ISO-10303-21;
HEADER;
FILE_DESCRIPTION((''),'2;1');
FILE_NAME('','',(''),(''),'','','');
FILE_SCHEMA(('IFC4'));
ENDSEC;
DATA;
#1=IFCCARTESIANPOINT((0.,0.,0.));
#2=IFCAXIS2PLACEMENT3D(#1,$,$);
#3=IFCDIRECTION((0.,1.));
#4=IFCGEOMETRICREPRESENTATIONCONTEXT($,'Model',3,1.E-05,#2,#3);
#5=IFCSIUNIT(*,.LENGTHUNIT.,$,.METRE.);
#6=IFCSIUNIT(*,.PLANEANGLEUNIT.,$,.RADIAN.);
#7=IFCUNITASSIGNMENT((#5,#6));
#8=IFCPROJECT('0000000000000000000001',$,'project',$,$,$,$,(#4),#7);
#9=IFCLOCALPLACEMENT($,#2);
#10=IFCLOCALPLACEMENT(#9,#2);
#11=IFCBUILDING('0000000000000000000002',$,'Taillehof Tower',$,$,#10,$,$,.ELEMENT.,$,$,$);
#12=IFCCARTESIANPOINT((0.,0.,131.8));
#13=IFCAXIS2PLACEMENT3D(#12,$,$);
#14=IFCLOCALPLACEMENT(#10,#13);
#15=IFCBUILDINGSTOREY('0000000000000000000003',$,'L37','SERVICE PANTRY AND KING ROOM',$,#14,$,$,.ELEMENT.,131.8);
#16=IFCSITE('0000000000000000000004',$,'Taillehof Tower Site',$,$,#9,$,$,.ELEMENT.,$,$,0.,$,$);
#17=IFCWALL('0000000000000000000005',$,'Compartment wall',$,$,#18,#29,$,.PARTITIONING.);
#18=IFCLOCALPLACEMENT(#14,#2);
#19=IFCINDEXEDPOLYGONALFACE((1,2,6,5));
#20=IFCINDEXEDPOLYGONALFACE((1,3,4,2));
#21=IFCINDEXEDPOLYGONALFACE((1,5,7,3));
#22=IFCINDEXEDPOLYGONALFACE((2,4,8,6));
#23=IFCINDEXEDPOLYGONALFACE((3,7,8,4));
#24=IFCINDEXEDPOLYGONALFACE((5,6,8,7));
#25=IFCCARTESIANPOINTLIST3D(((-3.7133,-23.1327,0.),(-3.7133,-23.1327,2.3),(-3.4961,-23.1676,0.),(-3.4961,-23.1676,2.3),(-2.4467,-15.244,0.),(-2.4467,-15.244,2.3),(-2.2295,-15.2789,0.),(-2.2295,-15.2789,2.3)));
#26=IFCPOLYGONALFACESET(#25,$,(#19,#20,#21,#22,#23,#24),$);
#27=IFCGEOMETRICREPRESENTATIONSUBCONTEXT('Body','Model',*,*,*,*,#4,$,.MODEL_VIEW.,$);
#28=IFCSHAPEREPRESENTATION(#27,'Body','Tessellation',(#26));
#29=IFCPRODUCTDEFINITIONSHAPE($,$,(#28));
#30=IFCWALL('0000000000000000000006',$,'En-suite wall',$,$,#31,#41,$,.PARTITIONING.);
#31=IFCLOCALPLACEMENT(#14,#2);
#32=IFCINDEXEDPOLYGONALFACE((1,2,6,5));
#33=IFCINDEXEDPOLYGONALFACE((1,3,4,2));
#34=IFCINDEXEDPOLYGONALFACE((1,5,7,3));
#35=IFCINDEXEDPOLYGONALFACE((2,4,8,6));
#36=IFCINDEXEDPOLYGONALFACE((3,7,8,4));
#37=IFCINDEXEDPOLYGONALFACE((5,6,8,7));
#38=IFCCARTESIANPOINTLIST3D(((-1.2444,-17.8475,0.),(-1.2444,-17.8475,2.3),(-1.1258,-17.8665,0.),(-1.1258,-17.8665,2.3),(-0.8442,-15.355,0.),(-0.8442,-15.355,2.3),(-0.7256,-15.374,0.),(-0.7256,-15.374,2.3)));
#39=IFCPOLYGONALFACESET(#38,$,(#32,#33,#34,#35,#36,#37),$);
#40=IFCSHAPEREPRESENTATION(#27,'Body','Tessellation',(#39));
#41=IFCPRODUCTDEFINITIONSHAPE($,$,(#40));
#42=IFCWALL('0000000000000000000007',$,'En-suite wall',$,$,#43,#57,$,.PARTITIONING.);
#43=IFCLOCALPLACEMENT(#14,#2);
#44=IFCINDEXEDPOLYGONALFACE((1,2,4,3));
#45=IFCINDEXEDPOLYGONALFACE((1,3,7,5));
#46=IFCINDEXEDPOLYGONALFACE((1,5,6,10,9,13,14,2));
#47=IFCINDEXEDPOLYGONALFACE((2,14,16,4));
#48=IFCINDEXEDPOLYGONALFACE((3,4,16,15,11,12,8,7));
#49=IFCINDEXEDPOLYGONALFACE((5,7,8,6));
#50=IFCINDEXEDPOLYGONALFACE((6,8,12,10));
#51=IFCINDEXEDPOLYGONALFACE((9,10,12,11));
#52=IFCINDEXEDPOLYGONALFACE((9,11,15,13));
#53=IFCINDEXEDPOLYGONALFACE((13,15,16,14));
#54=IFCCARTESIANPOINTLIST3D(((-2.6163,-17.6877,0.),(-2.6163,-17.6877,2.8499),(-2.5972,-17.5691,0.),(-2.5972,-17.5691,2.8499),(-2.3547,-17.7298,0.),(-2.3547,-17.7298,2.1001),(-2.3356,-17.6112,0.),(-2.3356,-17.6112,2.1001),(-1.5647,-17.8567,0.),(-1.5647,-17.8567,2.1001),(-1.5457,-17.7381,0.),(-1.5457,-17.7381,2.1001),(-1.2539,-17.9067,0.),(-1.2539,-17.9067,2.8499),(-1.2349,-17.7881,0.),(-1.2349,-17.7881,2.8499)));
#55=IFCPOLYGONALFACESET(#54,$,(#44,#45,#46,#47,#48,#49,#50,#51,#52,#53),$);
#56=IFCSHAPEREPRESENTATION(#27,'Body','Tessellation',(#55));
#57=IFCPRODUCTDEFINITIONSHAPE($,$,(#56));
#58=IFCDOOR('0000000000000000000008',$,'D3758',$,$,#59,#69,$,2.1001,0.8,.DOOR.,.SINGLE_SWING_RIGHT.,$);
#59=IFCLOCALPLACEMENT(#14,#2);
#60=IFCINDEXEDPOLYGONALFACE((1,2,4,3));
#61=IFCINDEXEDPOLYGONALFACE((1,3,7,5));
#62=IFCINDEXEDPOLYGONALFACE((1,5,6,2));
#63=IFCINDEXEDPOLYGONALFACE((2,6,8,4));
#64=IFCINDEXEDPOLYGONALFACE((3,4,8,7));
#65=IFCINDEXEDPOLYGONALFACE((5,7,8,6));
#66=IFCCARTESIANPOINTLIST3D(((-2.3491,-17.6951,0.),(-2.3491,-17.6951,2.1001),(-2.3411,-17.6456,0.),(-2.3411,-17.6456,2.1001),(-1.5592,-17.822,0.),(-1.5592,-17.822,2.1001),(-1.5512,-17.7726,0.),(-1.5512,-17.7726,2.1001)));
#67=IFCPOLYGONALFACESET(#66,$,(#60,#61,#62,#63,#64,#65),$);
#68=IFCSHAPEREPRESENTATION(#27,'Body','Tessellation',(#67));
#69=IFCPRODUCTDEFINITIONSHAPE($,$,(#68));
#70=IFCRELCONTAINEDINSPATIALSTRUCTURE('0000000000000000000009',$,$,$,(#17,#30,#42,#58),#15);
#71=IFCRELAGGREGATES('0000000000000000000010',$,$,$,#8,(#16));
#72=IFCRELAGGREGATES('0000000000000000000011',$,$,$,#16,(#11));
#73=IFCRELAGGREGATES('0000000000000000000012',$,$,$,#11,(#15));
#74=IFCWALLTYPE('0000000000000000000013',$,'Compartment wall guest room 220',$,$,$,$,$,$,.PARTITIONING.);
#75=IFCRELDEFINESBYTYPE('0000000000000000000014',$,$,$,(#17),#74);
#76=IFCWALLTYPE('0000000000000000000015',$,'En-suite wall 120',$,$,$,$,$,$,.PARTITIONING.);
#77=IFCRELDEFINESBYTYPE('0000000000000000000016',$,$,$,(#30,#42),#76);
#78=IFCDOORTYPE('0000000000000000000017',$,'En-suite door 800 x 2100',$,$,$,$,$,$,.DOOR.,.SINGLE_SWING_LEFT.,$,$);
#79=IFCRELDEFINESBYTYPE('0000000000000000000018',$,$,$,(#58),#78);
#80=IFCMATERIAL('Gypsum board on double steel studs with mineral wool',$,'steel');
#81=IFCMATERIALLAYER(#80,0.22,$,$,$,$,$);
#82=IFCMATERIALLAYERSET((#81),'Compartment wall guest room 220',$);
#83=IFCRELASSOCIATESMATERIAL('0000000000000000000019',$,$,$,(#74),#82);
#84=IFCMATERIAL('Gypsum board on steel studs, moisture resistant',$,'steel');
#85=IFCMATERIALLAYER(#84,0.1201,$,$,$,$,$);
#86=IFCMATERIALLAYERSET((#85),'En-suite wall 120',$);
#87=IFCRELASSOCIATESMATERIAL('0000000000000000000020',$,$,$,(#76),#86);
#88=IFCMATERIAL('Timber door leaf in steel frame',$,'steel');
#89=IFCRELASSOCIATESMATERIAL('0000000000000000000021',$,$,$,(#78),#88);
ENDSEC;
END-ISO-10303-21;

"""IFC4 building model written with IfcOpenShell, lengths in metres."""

from ifc_helpers import new_model, si_unit, direction, frame, frame_2d, origin, place, context, subcontext, project, spatial, rectangle, extrude, material, layer, layer_set, type_object, element, fill, save


model = new_model("IFC4")

# Units and contexts
model_context = context("Model", 3, precision=1e-05, world=origin(), true_north=direction((0.0, 1.0)))
body_context = subcontext(model_context, "Body", "Model", "MODEL_VIEW")
ifc_project = project(units=[si_unit("LENGTHUNIT", "METRE"), si_unit("PLANEANGLEUNIT", "RADIAN")], contexts=[model_context])

# Site, building, storey
site_placement = place(None, origin())
site = spatial("IfcSite", under=ifc_project, at=site_placement, Name="Taillehof Tower Site", CompositionType="ELEMENT", RefElevation=0.0)
building_placement = place(site_placement, origin())
building = spatial("IfcBuilding", under=site, at=building_placement, Name="Taillehof Tower", CompositionType="ELEMENT")
storey_placement = place(building_placement, frame((0.0, 0.0, 131.8)))
storey = spatial("IfcBuildingStorey", under=building, at=storey_placement, Name="L37", Description="SERVICE PANTRY AND KING ROOM", CompositionType="ELEMENT", Elevation=131.8)

# Walls
ifc_material_1 = material(Name="Gypsum board on double steel studs with mineral wool", Category="steel")
ifc_layer_1 = layer(ifc_material_1, 0.22)
ifc_layer_set_1 = layer_set([ifc_layer_1], Name="Compartment wall guest room 220")
wall_type_1 = type_object("IfcWallType", Name="Compartment wall guest room 220", PredefinedType="PARTITIONING", material=ifc_layer_set_1)
wall_1_placement = place(storey_placement, frame((-3.6047, -23.1501, 0.0), z_axis=(0.0, 0.0, 1.0), x_axis=(0.158529, 0.987354, 0.0)))
element("IfcWall", 1, at=wall_1_placement, inside=storey, type_object=wall_type_1, Name="Compartment wall", PredefinedType="PARTITIONING", context=body_context, shape_type="SweptSolid", body=[
    extrude(rectangle(XDim=7.9897, YDim=0.22, at=frame_2d((3.9949, 0.0))), origin(), (0.0, 0.0, 1.0), 2.3),
])
ifc_material_2 = material(Name="Gypsum board on steel studs, moisture resistant", Category="steel")
ifc_layer_2 = layer(ifc_material_2, 0.1201)
ifc_layer_set_2 = layer_set([ifc_layer_2], Name="En-suite wall 120")
wall_type_2 = type_object("IfcWallType", Name="En-suite wall 120", PredefinedType="PARTITIONING", material=ifc_layer_set_2)
wall_2_placement = place(storey_placement, frame((-0.7849, -15.3645, 0.0), z_axis=(0.0, 0.0, 1.0), x_axis=(-0.158515, -0.987357, 0.0)))
element("IfcWall", 2, at=wall_2_placement, inside=storey, type_object=wall_type_2, Name="En-suite wall", PredefinedType="PARTITIONING", context=body_context, shape_type="SweptSolid", body=[
    extrude(rectangle(XDim=2.5244, YDim=0.1201, at=frame_2d((1.2622, 0.0))), origin(), (0.0, 0.0, 1.0), 2.3),
])

# Wall, opening, door
wall_3_placement = place(storey_placement, frame((-1.2444, -17.8474, 0.0), z_axis=(0.0, 0.0, 1.0), x_axis=(-0.987324, 0.158715, 0.0)))
wall_3 = element("IfcWall", 3, at=wall_3_placement, inside=storey, type_object=wall_type_2, Name="En-suite wall", PredefinedType="PARTITIONING", context=body_context, shape_type="SweptSolid", body=[
    extrude(rectangle(XDim=1.3799, YDim=0.1201, at=frame_2d((0.6899, 0.0))), origin(), (0.0, 0.0, 1.0), 2.8499),
])
opening_1_placement = place(wall_3_placement, frame((0.3149, 0.0, 0.0)))
opening_1 = element("IfcOpeningElement", 4, at=opening_1_placement, cuts=wall_3, PredefinedType="OPENING", context=body_context, shape_type="SweptSolid", body=[
    extrude(rectangle(XDim=0.8, YDim=2.1001, at=frame_2d((0.3999, 1.05))), frame((0.0, 0.0701, 0.0), z_axis=(0.0, -1.0, 0.0), x_axis=(1.0, 0.0, 0.0)), (0.0, 0.0, 1.0), 0.1401),
])
ifc_material_3 = material(Name="Timber door leaf in steel frame", Category="steel")
door_type_1 = type_object("IfcDoorType", Name="En-suite door 800 x 2100", OperationType="SINGLE_SWING_LEFT", PredefinedType="DOOR", material=ifc_material_3)
door_1_placement = place(opening_1_placement, origin())
door_1 = element("IfcDoor", 5, at=door_1_placement, inside=storey, type_object=door_type_1, Name="D3758", OperationType="SINGLE_SWING_RIGHT", OverallHeight=2.1001, OverallWidth=0.8, PredefinedType="DOOR", context=body_context, shape_type="SweptSolid", body=[
    extrude(rectangle(XDim=0.8, YDim=2.1001, at=frame_2d((0.3999, 1.05))), frame((0.0, 0.0249, 0.0), z_axis=(0.0, -1.0, 0.0), x_axis=(1.0, 0.0, 0.0)), (0.0, 0.0, 1.0), 0.05),
])
fill(opening_1, door_1)

save(model, "model.ifc")
